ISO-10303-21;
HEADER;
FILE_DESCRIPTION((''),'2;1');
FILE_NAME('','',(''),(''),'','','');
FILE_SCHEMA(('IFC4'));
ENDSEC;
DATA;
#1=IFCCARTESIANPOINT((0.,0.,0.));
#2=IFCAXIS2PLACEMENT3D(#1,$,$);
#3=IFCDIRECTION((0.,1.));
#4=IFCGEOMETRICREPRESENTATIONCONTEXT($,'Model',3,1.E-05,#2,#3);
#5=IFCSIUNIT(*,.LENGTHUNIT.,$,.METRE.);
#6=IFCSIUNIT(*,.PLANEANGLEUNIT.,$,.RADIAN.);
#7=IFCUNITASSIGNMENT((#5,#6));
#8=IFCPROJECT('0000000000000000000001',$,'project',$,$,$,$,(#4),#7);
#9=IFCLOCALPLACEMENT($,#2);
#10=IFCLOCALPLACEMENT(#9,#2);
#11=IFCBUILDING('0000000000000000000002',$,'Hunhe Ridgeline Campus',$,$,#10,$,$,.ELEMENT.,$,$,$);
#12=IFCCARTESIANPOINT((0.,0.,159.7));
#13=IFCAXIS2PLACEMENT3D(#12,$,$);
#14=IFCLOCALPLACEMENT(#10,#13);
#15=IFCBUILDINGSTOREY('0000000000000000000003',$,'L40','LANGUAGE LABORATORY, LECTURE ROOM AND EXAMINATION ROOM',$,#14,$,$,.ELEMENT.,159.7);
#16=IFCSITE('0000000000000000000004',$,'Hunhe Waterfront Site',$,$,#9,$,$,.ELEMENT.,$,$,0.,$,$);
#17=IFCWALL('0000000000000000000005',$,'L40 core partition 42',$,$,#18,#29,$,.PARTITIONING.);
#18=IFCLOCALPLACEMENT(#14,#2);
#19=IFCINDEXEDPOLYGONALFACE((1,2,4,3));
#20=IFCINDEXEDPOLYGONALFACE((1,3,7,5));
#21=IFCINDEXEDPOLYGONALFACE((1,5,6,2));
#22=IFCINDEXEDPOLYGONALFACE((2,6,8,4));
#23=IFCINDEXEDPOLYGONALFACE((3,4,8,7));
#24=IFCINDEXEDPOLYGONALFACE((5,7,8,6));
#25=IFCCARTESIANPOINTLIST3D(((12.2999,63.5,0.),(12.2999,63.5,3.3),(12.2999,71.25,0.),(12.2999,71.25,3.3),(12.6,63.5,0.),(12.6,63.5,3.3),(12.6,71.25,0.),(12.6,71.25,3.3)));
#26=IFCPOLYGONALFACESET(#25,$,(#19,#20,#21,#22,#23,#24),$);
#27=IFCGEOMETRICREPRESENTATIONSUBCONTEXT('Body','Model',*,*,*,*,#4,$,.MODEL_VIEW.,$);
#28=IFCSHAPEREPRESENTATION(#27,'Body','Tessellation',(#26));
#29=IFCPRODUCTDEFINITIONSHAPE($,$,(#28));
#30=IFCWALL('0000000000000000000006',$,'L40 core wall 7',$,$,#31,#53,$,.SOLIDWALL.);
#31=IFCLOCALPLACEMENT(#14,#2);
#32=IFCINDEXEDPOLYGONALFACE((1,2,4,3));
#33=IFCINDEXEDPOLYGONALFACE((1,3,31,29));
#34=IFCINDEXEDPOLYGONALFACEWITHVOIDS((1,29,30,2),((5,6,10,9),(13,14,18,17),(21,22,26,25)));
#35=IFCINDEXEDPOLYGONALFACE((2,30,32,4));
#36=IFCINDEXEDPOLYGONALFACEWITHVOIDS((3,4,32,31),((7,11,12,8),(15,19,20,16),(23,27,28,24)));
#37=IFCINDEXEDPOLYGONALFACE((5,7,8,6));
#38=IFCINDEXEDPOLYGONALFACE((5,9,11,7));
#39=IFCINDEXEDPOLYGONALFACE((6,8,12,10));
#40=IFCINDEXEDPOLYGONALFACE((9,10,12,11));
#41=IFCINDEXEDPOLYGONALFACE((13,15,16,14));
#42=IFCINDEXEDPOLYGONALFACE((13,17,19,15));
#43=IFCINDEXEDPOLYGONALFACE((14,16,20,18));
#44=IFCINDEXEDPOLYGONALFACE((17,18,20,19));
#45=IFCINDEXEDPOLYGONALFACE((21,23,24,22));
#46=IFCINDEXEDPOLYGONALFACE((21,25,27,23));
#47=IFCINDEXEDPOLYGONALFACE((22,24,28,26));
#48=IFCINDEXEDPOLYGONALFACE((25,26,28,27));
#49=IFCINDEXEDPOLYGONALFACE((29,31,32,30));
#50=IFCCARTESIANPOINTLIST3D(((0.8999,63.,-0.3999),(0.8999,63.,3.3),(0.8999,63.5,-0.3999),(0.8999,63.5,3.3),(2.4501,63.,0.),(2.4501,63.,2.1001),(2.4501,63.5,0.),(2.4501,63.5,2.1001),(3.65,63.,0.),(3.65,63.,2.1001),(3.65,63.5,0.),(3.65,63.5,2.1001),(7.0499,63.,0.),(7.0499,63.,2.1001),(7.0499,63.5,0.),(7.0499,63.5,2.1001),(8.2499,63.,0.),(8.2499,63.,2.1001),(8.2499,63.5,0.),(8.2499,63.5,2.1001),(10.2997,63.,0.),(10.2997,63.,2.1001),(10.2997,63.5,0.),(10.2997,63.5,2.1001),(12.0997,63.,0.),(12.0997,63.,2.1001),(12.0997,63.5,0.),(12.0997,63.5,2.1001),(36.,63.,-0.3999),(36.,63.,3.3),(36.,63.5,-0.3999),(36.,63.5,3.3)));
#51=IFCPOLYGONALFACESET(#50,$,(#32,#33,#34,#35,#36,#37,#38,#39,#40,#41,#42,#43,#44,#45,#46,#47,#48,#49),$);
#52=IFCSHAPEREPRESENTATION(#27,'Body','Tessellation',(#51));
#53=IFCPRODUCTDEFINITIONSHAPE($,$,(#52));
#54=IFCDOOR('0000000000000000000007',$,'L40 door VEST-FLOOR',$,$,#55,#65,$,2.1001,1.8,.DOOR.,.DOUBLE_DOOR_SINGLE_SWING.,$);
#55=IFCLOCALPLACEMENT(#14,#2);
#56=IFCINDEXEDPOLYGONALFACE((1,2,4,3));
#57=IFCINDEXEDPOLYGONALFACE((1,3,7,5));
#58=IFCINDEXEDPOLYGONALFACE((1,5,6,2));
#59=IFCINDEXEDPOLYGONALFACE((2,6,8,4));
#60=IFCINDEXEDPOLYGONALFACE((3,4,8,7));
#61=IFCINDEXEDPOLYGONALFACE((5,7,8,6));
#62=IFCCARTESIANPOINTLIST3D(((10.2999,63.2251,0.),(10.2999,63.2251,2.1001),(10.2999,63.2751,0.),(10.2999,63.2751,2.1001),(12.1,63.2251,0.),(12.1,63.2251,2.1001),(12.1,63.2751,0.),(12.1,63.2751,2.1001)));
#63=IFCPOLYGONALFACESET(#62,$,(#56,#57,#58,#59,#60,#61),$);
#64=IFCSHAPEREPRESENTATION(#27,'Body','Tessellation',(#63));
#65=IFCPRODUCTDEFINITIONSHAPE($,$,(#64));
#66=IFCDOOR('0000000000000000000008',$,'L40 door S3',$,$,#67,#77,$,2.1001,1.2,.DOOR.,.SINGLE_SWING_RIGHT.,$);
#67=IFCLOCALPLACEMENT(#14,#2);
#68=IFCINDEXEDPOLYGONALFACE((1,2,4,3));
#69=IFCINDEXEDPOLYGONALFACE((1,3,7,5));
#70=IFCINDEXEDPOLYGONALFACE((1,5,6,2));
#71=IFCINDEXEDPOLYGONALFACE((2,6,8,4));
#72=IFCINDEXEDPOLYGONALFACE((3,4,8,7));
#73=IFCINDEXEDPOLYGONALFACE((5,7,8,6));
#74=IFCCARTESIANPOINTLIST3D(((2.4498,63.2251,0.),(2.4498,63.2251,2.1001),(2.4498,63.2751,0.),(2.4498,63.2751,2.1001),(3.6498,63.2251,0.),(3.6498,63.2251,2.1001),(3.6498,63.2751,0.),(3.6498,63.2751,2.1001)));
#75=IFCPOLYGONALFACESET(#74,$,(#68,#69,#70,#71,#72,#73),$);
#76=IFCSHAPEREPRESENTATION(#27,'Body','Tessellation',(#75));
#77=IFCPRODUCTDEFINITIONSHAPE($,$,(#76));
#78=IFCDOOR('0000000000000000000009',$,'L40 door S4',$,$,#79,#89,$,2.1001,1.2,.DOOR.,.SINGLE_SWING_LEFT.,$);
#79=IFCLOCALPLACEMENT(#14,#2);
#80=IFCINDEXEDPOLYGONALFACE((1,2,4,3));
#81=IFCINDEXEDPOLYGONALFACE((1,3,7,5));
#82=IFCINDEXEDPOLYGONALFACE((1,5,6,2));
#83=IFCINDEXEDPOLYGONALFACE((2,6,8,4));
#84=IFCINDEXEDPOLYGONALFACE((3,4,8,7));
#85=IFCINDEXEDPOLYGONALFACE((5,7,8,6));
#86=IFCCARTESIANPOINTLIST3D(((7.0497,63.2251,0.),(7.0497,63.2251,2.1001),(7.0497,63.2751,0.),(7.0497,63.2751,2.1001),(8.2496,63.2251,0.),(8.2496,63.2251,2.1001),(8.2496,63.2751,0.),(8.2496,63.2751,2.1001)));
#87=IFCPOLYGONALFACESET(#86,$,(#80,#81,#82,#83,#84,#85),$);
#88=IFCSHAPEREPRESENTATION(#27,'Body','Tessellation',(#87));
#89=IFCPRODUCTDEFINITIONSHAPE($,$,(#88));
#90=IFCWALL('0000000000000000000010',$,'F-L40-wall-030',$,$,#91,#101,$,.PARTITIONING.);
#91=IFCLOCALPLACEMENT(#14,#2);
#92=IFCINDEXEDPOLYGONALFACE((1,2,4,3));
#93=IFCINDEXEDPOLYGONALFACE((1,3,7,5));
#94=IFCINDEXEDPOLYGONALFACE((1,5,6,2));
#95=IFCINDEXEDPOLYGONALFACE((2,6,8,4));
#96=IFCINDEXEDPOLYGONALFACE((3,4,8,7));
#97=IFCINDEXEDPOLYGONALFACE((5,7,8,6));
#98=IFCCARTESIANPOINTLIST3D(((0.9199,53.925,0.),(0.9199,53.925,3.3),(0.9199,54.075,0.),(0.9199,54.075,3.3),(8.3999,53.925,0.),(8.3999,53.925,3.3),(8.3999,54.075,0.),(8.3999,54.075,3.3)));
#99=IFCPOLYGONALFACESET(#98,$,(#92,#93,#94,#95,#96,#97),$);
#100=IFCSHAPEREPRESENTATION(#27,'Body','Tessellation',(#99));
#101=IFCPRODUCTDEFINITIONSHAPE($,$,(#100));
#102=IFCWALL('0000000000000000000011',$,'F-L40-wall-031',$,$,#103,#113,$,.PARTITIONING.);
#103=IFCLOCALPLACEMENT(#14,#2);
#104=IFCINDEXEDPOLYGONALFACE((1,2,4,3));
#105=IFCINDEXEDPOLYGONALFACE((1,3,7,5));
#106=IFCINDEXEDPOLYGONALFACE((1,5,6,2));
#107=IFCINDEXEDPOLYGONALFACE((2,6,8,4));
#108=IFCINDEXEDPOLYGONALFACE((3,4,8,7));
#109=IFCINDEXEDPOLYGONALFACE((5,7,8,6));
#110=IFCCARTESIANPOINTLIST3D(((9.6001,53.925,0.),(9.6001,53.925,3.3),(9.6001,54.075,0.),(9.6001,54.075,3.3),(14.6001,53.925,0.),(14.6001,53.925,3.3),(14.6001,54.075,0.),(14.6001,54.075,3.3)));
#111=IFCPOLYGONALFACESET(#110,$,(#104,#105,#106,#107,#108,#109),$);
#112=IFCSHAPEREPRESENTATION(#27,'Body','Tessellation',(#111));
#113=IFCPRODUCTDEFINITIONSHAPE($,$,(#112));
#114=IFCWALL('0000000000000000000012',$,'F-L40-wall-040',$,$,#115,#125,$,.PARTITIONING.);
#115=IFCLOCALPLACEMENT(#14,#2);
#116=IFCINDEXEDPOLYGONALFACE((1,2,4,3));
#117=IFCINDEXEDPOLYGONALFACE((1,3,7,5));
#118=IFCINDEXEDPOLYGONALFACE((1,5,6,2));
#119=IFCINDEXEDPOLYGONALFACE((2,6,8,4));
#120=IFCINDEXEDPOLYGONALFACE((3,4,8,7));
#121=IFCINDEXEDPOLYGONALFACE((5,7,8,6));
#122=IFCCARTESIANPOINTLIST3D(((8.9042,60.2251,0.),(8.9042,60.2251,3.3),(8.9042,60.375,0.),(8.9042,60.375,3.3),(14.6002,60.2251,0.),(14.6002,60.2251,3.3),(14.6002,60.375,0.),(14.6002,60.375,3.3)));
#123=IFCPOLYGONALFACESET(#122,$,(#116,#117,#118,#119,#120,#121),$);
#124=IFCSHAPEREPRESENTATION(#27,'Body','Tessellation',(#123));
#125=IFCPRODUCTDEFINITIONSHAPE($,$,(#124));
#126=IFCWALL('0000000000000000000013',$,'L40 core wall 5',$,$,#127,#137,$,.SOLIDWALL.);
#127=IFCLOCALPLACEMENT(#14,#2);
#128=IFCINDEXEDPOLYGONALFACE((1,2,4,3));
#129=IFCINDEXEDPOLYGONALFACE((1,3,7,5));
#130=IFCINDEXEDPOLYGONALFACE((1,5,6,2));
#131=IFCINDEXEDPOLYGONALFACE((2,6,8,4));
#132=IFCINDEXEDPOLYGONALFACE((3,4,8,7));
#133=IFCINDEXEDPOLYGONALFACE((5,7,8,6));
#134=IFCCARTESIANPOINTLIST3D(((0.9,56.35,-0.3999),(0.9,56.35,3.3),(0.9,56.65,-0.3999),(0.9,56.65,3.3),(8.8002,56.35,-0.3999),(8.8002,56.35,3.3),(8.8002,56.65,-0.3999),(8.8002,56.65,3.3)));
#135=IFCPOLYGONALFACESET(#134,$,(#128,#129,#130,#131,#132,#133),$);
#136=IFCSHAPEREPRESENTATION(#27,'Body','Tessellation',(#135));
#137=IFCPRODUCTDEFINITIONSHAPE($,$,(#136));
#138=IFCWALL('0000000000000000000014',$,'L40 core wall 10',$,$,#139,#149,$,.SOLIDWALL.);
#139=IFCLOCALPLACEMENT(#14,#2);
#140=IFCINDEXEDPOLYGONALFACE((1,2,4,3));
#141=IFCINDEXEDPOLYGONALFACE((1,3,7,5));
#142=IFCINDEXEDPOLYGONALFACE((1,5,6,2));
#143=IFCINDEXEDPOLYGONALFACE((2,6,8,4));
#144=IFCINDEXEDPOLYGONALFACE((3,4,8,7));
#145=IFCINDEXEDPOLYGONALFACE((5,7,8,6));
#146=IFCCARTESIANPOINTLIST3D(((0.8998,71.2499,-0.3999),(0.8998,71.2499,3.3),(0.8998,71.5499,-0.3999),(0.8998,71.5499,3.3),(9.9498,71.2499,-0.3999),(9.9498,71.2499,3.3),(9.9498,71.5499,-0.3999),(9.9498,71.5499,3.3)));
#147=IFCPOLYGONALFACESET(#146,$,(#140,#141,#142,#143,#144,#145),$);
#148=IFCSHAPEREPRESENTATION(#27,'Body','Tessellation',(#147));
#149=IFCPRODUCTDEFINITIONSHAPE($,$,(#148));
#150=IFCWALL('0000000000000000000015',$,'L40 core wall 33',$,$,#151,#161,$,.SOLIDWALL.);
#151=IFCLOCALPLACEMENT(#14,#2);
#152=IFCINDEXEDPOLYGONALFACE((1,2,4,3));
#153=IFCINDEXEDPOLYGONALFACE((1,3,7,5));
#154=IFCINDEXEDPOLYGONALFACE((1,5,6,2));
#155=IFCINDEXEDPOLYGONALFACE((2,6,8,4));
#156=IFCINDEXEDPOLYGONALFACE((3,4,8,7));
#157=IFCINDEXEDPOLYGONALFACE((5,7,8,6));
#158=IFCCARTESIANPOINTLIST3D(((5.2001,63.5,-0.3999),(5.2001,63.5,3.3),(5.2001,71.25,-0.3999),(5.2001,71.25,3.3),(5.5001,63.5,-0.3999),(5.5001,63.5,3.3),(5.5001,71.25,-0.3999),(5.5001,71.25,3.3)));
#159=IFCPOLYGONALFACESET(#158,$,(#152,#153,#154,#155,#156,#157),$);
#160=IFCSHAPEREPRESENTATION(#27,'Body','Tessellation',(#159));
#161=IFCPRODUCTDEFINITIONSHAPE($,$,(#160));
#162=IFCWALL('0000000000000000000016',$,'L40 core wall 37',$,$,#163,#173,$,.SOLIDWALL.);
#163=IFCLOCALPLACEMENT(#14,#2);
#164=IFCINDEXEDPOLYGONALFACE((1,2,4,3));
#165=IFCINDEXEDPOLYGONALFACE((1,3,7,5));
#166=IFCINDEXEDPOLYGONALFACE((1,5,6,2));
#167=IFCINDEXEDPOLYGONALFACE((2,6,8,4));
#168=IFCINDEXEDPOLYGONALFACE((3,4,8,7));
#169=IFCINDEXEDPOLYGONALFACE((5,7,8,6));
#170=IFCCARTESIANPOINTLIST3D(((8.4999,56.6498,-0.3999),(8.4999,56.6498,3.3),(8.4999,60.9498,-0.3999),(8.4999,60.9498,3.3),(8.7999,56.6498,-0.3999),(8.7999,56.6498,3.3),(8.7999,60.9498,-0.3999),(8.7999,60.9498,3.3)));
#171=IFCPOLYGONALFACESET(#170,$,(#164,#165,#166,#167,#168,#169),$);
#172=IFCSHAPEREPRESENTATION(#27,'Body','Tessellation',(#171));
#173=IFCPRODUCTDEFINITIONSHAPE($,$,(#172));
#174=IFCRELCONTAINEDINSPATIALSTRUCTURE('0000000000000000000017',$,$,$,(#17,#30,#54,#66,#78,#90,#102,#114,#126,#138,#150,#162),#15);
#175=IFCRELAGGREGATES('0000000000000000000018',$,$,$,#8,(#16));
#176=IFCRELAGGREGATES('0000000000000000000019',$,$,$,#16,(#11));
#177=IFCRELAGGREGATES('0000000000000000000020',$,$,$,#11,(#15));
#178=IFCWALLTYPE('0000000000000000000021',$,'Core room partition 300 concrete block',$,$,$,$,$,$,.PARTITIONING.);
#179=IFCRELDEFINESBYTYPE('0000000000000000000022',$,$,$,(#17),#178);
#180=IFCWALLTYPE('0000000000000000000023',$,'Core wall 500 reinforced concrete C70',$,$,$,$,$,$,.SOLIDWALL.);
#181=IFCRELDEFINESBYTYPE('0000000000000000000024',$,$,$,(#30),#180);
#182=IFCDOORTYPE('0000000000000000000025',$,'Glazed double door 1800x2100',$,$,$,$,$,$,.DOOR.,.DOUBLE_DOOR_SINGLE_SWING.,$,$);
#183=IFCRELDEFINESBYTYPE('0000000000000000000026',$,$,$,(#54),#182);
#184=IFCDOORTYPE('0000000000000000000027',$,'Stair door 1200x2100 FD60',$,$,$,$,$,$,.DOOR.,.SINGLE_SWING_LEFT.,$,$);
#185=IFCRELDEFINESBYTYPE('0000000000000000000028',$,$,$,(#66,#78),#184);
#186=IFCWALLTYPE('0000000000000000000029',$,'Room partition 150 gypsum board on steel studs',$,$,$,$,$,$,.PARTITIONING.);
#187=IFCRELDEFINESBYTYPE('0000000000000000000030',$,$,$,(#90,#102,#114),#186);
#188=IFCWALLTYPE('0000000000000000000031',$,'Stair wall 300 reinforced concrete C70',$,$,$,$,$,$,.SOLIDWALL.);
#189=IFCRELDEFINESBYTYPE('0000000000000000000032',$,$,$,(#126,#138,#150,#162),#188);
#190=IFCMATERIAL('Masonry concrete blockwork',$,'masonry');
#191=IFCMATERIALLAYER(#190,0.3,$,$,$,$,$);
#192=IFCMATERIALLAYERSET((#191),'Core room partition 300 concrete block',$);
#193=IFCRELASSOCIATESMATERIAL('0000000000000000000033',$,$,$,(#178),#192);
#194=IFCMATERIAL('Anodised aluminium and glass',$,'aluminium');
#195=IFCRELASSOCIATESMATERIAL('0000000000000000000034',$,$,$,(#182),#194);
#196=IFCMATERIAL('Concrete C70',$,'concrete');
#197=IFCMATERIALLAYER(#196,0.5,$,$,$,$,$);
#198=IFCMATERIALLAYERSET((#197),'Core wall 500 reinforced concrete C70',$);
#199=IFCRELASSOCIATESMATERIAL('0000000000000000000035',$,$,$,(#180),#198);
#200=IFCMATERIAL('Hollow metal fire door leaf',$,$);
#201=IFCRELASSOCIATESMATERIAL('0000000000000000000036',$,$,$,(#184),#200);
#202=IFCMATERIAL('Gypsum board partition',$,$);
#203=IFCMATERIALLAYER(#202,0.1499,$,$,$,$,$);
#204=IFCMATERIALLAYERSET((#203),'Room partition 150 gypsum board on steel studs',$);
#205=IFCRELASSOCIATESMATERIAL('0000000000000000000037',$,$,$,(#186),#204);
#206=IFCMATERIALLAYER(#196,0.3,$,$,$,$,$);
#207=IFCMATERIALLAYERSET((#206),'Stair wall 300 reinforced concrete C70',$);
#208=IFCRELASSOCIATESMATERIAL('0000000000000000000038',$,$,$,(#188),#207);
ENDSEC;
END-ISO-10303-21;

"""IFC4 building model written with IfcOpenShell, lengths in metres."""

from ifc_helpers import new_model, si_unit, direction, frame, frame_2d, origin, place, context, subcontext, project, spatial, rectangle, extrude, material, layer, layer_set, type_object, element, fill, save


model = new_model("IFC4")

# Units and contexts
model_context = context("Model", 3, precision=1e-05, world=origin(), true_north=direction((0.0, 1.0)))
body_context = subcontext(model_context, "Body", "Model", "MODEL_VIEW")
ifc_project = project(units=[si_unit("LENGTHUNIT", "METRE"), si_unit("PLANEANGLEUNIT", "RADIAN")], contexts=[model_context])

# Site, building, storey
site_placement = place(None, origin())
site = spatial("IfcSite", under=ifc_project, at=site_placement, Name="Hunhe Waterfront Site", CompositionType="ELEMENT", RefElevation=0.0)
building_placement = place(site_placement, origin())
building = spatial("IfcBuilding", under=site, at=building_placement, Name="Hunhe Ridgeline Campus", CompositionType="ELEMENT")
storey_placement = place(building_placement, frame((0.0, 0.0, 159.7)))
storey = spatial("IfcBuildingStorey", under=building, at=storey_placement, Name="L40", Description="LANGUAGE LABORATORY, LECTURE ROOM AND EXAMINATION ROOM", CompositionType="ELEMENT", Elevation=159.7)

# Shared definitions
ifc_material_1 = material(Name="Masonry concrete blockwork", Category="masonry")
ifc_layer_1 = layer(ifc_material_1, 0.3)
ifc_layer_set_1 = layer_set([ifc_layer_1], Name="Core room partition 300 concrete block")
wall_type_1 = type_object("IfcWallType", Name="Core room partition 300 concrete block", PredefinedType="PARTITIONING", material=ifc_layer_set_1)
ifc_material_2 = material(Name="Anodised aluminium and glass", Category="aluminium")
door_type_1 = type_object("IfcDoorType", Name="Glazed double door 1800x2100", OperationType="DOUBLE_DOOR_SINGLE_SWING", PredefinedType="DOOR", material=ifc_material_2)

# Wall
wall_1_placement = place(storey_placement, frame((12.45, 63.5, 0.0), z_axis=(0.0, 0.0, 1.0), x_axis=(0.0, 1.0, 0.0)))
element("IfcWall", 1, at=wall_1_placement, inside=storey, type_object=wall_type_1, Name="L40 core partition 42", PredefinedType="PARTITIONING", context=body_context, shape_type="SweptSolid", body=[
    extrude(rectangle(XDim=7.75, YDim=0.3, at=frame_2d((3.875, 0.0))), origin(), (0.0, 0.0, 1.0), 3.3),
])

# Wall, openings, doors
ifc_material_3 = material(Name="Concrete C70", Category="concrete")
ifc_layer_2 = layer(ifc_material_3, 0.5)
ifc_layer_set_2 = layer_set([ifc_layer_2], Name="Core wall 500 reinforced concrete C70")
wall_type_2 = type_object("IfcWallType", Name="Core wall 500 reinforced concrete C70", PredefinedType="SOLIDWALL", material=ifc_layer_set_2)
wall_2_placement = place(storey_placement, frame((0.8999, 63.25, -0.3999), z_axis=(0.0, 0.0, 1.0), x_axis=(1.0, 0.0, 0.0)))
wall_2 = element("IfcWall", 2, at=wall_2_placement, inside=storey, type_object=wall_type_2, Name="L40 core wall 7", PredefinedType="SOLIDWALL", context=body_context, shape_type="SweptSolid", body=[
    extrude(rectangle(XDim=35.1001, YDim=0.5, at=frame_2d((17.55, 0.0))), origin(), (0.0, 0.0, 1.0), 3.7),
])
opening_1_placement = place(wall_2_placement, frame((9.3999, 0.0, 0.3999)))
opening_1 = element("IfcOpeningElement", 3, at=opening_1_placement, cuts=wall_2, PredefinedType="OPENING", context=body_context, shape_type="SweptSolid", body=[
    extrude(rectangle(XDim=1.8, YDim=2.1001, at=frame_2d((0.8999, 1.05))), frame((0.0, 0.25, 0.0), z_axis=(0.0, -1.0, 0.0), x_axis=(1.0, 0.0, 0.0)), (0.0, 0.0, 1.0), 0.5),
])
opening_2_placement = place(wall_2_placement, frame((1.55, 0.0, 0.3999)))
opening_2 = element("IfcOpeningElement", 4, at=opening_2_placement, cuts=wall_2, PredefinedType="OPENING", context=body_context, shape_type="SweptSolid", body=[
    extrude(rectangle(XDim=1.2, YDim=2.1001, at=frame_2d((0.6001, 1.05))), frame((0.0, 0.25, 0.0), z_axis=(0.0, -1.0, 0.0), x_axis=(1.0, 0.0, 0.0)), (0.0, 0.0, 1.0), 0.5),
])
opening_3_placement = place(wall_2_placement, frame((6.1499, 0.0, 0.3999)))
opening_3 = element("IfcOpeningElement", 5, at=opening_3_placement, cuts=wall_2, PredefinedType="OPENING", context=body_context, shape_type="SweptSolid", body=[
    extrude(rectangle(XDim=1.2, YDim=2.1001, at=frame_2d((0.6001, 1.05))), frame((0.0, 0.25, 0.0), z_axis=(0.0, -1.0, 0.0), x_axis=(1.0, 0.0, 0.0)), (0.0, 0.0, 1.0), 0.5),
])
door_1_placement = place(opening_1_placement, frame((1.8, 0.0, 0.0), z_axis=(0.0, 0.0, 1.0), x_axis=(-1.0, 0.0, 0.0)))
door_1 = element("IfcDoor", 6, at=door_1_placement, inside=storey, type_object=door_type_1, Name="L40 door VEST-FLOOR", OperationType="DOUBLE_DOOR_SINGLE_SWING", OverallHeight=2.1001, OverallWidth=1.8, PredefinedType="DOOR", context=body_context, shape_type="SweptSolid", body=[
    extrude(rectangle(XDim=1.8, YDim=2.1001, at=frame_2d((0.8999, 1.05))), frame((0.0, 0.0249, 0.0), z_axis=(0.0, -1.0, 0.0), x_axis=(1.0, 0.0, 0.0)), (0.0, 0.0, 1.0), 0.05),
])
fill(opening_1, door_1)
ifc_material_4 = material(Name="Hollow metal fire door leaf")
door_type_2 = type_object("IfcDoorType", Name="Stair door 1200x2100 FD60", OperationType="SINGLE_SWING_LEFT", PredefinedType="DOOR", material=ifc_material_4)
door_2_placement = place(opening_2_placement, frame((1.2, 0.0, 0.0), z_axis=(0.0, 0.0, 1.0), x_axis=(-1.0, 0.0, 0.0)))
door_2 = element("IfcDoor", 7, at=door_2_placement, inside=storey, type_object=door_type_2, Name="L40 door S3", OperationType="SINGLE_SWING_RIGHT", OverallHeight=2.1001, OverallWidth=1.2, PredefinedType="DOOR", context=body_context, shape_type="SweptSolid", body=[
    extrude(rectangle(XDim=1.2, YDim=2.1001, at=frame_2d((0.6001, 1.05))), frame((0.0, 0.0249, 0.0), z_axis=(0.0, -1.0, 0.0), x_axis=(1.0, 0.0, 0.0)), (0.0, 0.0, 1.0), 0.05),
])
fill(opening_2, door_2)
door_3_placement = place(opening_3_placement, frame((1.2, 0.0, 0.0), z_axis=(0.0, 0.0, 1.0), x_axis=(-1.0, 0.0, 0.0)))
door_3 = element("IfcDoor", 8, at=door_3_placement, inside=storey, type_object=door_type_2, Name="L40 door S4", OperationType="SINGLE_SWING_LEFT", OverallHeight=2.1001, OverallWidth=1.2, PredefinedType="DOOR", context=body_context, shape_type="SweptSolid", body=[
    extrude(rectangle(XDim=1.2, YDim=2.1001, at=frame_2d((0.6001, 1.05))), frame((0.0, 0.0249, 0.0), z_axis=(0.0, -1.0, 0.0), x_axis=(1.0, 0.0, 0.0)), (0.0, 0.0, 1.0), 0.05),
])
fill(opening_3, door_3)

# Walls
ifc_material_5 = material(Name="Gypsum board partition")
ifc_layer_3 = layer(ifc_material_5, 0.1499)
ifc_layer_set_3 = layer_set([ifc_layer_3], Name="Room partition 150 gypsum board on steel studs")
wall_type_3 = type_object("IfcWallType", Name="Room partition 150 gypsum board on steel studs", PredefinedType="PARTITIONING", material=ifc_layer_set_3)
wall_3_placement = place(storey_placement, frame((0.9199, 54.0, 0.0), z_axis=(0.0, 0.0, 1.0), x_axis=(1.0, 0.0, 0.0)))
element("IfcWall", 9, at=wall_3_placement, inside=storey, type_object=wall_type_3, Name="F-L40-wall-030", PredefinedType="PARTITIONING", context=body_context, shape_type="SweptSolid", body=[
    extrude(rectangle(XDim=7.48, YDim=0.1499, at=frame_2d((3.74, 0.0))), origin(), (0.0, 0.0, 1.0), 3.3),
])
wall_4_placement = place(storey_placement, frame((9.6001, 54.0, 0.0), z_axis=(0.0, 0.0, 1.0), x_axis=(1.0, 0.0, 0.0)))
element("IfcWall", 10, at=wall_4_placement, inside=storey, type_object=wall_type_3, Name="F-L40-wall-031", PredefinedType="PARTITIONING", context=body_context, shape_type="SweptSolid", body=[
    extrude(rectangle(XDim=5.0, YDim=0.1499, at=frame_2d((2.5, 0.0))), origin(), (0.0, 0.0, 1.0), 3.3),
])
wall_5_placement = place(storey_placement, frame((8.9041, 60.3, 0.0), z_axis=(0.0, 0.0, 1.0), x_axis=(1.0, 0.0, 0.0)))
element("IfcWall", 11, at=wall_5_placement, inside=storey, type_object=wall_type_3, Name="F-L40-wall-040", PredefinedType="PARTITIONING", context=body_context, shape_type="SweptSolid", body=[
    extrude(rectangle(XDim=5.696, YDim=0.1499, at=frame_2d((2.8481, 0.0))), origin(), (0.0, 0.0, 1.0), 3.3),
])
ifc_layer_4 = layer(ifc_material_3, 0.3)
ifc_layer_set_4 = layer_set([ifc_layer_4], Name="Stair wall 300 reinforced concrete C70")
wall_type_4 = type_object("IfcWallType", Name="Stair wall 300 reinforced concrete C70", PredefinedType="SOLIDWALL", material=ifc_layer_set_4)
wall_6_placement = place(storey_placement, frame((0.8999, 56.5, -0.3999), z_axis=(0.0, 0.0, 1.0), x_axis=(1.0, 0.0, 0.0)))
element("IfcWall", 12, at=wall_6_placement, inside=storey, type_object=wall_type_4, Name="L40 core wall 5", PredefinedType="SOLIDWALL", context=body_context, shape_type="SweptSolid", body=[
    extrude(rectangle(XDim=7.9001, YDim=0.3, at=frame_2d((3.9502, 0.0))), origin(), (0.0, 0.0, 1.0), 3.7),
])

# Walls
wall_7_placement = place(storey_placement, frame((0.8999, 71.3999, -0.3999), z_axis=(0.0, 0.0, 1.0), x_axis=(1.0, 0.0, 0.0)))
element("IfcWall", 13, at=wall_7_placement, inside=storey, type_object=wall_type_4, Name="L40 core wall 10", PredefinedType="SOLIDWALL", context=body_context, shape_type="SweptSolid", body=[
    extrude(rectangle(XDim=9.05, YDim=0.3, at=frame_2d((4.5249, 0.0))), origin(), (0.0, 0.0, 1.0), 3.7),
])
wall_8_placement = place(storey_placement, frame((5.3501, 63.5, -0.3999), z_axis=(0.0, 0.0, 1.0), x_axis=(0.0, 1.0, 0.0)))
element("IfcWall", 14, at=wall_8_placement, inside=storey, type_object=wall_type_4, Name="L40 core wall 33", PredefinedType="SOLIDWALL", context=body_context, shape_type="SweptSolid", body=[
    extrude(rectangle(XDim=7.75, YDim=0.3, at=frame_2d((3.875, 0.0))), origin(), (0.0, 0.0, 1.0), 3.7),
])
wall_9_placement = place(storey_placement, frame((8.6499, 56.6499, -0.3999), z_axis=(0.0, 0.0, 1.0), x_axis=(0.0, 1.0, 0.0)))
element("IfcWall", 15, at=wall_9_placement, inside=storey, type_object=wall_type_4, Name="L40 core wall 37", PredefinedType="SOLIDWALL", context=body_context, shape_type="SweptSolid", body=[
    extrude(rectangle(XDim=4.3, YDim=0.3, at=frame_2d((2.1499, 0.0))), origin(), (0.0, 0.0, 1.0), 3.7),
])

save(model, "model.ifc")
